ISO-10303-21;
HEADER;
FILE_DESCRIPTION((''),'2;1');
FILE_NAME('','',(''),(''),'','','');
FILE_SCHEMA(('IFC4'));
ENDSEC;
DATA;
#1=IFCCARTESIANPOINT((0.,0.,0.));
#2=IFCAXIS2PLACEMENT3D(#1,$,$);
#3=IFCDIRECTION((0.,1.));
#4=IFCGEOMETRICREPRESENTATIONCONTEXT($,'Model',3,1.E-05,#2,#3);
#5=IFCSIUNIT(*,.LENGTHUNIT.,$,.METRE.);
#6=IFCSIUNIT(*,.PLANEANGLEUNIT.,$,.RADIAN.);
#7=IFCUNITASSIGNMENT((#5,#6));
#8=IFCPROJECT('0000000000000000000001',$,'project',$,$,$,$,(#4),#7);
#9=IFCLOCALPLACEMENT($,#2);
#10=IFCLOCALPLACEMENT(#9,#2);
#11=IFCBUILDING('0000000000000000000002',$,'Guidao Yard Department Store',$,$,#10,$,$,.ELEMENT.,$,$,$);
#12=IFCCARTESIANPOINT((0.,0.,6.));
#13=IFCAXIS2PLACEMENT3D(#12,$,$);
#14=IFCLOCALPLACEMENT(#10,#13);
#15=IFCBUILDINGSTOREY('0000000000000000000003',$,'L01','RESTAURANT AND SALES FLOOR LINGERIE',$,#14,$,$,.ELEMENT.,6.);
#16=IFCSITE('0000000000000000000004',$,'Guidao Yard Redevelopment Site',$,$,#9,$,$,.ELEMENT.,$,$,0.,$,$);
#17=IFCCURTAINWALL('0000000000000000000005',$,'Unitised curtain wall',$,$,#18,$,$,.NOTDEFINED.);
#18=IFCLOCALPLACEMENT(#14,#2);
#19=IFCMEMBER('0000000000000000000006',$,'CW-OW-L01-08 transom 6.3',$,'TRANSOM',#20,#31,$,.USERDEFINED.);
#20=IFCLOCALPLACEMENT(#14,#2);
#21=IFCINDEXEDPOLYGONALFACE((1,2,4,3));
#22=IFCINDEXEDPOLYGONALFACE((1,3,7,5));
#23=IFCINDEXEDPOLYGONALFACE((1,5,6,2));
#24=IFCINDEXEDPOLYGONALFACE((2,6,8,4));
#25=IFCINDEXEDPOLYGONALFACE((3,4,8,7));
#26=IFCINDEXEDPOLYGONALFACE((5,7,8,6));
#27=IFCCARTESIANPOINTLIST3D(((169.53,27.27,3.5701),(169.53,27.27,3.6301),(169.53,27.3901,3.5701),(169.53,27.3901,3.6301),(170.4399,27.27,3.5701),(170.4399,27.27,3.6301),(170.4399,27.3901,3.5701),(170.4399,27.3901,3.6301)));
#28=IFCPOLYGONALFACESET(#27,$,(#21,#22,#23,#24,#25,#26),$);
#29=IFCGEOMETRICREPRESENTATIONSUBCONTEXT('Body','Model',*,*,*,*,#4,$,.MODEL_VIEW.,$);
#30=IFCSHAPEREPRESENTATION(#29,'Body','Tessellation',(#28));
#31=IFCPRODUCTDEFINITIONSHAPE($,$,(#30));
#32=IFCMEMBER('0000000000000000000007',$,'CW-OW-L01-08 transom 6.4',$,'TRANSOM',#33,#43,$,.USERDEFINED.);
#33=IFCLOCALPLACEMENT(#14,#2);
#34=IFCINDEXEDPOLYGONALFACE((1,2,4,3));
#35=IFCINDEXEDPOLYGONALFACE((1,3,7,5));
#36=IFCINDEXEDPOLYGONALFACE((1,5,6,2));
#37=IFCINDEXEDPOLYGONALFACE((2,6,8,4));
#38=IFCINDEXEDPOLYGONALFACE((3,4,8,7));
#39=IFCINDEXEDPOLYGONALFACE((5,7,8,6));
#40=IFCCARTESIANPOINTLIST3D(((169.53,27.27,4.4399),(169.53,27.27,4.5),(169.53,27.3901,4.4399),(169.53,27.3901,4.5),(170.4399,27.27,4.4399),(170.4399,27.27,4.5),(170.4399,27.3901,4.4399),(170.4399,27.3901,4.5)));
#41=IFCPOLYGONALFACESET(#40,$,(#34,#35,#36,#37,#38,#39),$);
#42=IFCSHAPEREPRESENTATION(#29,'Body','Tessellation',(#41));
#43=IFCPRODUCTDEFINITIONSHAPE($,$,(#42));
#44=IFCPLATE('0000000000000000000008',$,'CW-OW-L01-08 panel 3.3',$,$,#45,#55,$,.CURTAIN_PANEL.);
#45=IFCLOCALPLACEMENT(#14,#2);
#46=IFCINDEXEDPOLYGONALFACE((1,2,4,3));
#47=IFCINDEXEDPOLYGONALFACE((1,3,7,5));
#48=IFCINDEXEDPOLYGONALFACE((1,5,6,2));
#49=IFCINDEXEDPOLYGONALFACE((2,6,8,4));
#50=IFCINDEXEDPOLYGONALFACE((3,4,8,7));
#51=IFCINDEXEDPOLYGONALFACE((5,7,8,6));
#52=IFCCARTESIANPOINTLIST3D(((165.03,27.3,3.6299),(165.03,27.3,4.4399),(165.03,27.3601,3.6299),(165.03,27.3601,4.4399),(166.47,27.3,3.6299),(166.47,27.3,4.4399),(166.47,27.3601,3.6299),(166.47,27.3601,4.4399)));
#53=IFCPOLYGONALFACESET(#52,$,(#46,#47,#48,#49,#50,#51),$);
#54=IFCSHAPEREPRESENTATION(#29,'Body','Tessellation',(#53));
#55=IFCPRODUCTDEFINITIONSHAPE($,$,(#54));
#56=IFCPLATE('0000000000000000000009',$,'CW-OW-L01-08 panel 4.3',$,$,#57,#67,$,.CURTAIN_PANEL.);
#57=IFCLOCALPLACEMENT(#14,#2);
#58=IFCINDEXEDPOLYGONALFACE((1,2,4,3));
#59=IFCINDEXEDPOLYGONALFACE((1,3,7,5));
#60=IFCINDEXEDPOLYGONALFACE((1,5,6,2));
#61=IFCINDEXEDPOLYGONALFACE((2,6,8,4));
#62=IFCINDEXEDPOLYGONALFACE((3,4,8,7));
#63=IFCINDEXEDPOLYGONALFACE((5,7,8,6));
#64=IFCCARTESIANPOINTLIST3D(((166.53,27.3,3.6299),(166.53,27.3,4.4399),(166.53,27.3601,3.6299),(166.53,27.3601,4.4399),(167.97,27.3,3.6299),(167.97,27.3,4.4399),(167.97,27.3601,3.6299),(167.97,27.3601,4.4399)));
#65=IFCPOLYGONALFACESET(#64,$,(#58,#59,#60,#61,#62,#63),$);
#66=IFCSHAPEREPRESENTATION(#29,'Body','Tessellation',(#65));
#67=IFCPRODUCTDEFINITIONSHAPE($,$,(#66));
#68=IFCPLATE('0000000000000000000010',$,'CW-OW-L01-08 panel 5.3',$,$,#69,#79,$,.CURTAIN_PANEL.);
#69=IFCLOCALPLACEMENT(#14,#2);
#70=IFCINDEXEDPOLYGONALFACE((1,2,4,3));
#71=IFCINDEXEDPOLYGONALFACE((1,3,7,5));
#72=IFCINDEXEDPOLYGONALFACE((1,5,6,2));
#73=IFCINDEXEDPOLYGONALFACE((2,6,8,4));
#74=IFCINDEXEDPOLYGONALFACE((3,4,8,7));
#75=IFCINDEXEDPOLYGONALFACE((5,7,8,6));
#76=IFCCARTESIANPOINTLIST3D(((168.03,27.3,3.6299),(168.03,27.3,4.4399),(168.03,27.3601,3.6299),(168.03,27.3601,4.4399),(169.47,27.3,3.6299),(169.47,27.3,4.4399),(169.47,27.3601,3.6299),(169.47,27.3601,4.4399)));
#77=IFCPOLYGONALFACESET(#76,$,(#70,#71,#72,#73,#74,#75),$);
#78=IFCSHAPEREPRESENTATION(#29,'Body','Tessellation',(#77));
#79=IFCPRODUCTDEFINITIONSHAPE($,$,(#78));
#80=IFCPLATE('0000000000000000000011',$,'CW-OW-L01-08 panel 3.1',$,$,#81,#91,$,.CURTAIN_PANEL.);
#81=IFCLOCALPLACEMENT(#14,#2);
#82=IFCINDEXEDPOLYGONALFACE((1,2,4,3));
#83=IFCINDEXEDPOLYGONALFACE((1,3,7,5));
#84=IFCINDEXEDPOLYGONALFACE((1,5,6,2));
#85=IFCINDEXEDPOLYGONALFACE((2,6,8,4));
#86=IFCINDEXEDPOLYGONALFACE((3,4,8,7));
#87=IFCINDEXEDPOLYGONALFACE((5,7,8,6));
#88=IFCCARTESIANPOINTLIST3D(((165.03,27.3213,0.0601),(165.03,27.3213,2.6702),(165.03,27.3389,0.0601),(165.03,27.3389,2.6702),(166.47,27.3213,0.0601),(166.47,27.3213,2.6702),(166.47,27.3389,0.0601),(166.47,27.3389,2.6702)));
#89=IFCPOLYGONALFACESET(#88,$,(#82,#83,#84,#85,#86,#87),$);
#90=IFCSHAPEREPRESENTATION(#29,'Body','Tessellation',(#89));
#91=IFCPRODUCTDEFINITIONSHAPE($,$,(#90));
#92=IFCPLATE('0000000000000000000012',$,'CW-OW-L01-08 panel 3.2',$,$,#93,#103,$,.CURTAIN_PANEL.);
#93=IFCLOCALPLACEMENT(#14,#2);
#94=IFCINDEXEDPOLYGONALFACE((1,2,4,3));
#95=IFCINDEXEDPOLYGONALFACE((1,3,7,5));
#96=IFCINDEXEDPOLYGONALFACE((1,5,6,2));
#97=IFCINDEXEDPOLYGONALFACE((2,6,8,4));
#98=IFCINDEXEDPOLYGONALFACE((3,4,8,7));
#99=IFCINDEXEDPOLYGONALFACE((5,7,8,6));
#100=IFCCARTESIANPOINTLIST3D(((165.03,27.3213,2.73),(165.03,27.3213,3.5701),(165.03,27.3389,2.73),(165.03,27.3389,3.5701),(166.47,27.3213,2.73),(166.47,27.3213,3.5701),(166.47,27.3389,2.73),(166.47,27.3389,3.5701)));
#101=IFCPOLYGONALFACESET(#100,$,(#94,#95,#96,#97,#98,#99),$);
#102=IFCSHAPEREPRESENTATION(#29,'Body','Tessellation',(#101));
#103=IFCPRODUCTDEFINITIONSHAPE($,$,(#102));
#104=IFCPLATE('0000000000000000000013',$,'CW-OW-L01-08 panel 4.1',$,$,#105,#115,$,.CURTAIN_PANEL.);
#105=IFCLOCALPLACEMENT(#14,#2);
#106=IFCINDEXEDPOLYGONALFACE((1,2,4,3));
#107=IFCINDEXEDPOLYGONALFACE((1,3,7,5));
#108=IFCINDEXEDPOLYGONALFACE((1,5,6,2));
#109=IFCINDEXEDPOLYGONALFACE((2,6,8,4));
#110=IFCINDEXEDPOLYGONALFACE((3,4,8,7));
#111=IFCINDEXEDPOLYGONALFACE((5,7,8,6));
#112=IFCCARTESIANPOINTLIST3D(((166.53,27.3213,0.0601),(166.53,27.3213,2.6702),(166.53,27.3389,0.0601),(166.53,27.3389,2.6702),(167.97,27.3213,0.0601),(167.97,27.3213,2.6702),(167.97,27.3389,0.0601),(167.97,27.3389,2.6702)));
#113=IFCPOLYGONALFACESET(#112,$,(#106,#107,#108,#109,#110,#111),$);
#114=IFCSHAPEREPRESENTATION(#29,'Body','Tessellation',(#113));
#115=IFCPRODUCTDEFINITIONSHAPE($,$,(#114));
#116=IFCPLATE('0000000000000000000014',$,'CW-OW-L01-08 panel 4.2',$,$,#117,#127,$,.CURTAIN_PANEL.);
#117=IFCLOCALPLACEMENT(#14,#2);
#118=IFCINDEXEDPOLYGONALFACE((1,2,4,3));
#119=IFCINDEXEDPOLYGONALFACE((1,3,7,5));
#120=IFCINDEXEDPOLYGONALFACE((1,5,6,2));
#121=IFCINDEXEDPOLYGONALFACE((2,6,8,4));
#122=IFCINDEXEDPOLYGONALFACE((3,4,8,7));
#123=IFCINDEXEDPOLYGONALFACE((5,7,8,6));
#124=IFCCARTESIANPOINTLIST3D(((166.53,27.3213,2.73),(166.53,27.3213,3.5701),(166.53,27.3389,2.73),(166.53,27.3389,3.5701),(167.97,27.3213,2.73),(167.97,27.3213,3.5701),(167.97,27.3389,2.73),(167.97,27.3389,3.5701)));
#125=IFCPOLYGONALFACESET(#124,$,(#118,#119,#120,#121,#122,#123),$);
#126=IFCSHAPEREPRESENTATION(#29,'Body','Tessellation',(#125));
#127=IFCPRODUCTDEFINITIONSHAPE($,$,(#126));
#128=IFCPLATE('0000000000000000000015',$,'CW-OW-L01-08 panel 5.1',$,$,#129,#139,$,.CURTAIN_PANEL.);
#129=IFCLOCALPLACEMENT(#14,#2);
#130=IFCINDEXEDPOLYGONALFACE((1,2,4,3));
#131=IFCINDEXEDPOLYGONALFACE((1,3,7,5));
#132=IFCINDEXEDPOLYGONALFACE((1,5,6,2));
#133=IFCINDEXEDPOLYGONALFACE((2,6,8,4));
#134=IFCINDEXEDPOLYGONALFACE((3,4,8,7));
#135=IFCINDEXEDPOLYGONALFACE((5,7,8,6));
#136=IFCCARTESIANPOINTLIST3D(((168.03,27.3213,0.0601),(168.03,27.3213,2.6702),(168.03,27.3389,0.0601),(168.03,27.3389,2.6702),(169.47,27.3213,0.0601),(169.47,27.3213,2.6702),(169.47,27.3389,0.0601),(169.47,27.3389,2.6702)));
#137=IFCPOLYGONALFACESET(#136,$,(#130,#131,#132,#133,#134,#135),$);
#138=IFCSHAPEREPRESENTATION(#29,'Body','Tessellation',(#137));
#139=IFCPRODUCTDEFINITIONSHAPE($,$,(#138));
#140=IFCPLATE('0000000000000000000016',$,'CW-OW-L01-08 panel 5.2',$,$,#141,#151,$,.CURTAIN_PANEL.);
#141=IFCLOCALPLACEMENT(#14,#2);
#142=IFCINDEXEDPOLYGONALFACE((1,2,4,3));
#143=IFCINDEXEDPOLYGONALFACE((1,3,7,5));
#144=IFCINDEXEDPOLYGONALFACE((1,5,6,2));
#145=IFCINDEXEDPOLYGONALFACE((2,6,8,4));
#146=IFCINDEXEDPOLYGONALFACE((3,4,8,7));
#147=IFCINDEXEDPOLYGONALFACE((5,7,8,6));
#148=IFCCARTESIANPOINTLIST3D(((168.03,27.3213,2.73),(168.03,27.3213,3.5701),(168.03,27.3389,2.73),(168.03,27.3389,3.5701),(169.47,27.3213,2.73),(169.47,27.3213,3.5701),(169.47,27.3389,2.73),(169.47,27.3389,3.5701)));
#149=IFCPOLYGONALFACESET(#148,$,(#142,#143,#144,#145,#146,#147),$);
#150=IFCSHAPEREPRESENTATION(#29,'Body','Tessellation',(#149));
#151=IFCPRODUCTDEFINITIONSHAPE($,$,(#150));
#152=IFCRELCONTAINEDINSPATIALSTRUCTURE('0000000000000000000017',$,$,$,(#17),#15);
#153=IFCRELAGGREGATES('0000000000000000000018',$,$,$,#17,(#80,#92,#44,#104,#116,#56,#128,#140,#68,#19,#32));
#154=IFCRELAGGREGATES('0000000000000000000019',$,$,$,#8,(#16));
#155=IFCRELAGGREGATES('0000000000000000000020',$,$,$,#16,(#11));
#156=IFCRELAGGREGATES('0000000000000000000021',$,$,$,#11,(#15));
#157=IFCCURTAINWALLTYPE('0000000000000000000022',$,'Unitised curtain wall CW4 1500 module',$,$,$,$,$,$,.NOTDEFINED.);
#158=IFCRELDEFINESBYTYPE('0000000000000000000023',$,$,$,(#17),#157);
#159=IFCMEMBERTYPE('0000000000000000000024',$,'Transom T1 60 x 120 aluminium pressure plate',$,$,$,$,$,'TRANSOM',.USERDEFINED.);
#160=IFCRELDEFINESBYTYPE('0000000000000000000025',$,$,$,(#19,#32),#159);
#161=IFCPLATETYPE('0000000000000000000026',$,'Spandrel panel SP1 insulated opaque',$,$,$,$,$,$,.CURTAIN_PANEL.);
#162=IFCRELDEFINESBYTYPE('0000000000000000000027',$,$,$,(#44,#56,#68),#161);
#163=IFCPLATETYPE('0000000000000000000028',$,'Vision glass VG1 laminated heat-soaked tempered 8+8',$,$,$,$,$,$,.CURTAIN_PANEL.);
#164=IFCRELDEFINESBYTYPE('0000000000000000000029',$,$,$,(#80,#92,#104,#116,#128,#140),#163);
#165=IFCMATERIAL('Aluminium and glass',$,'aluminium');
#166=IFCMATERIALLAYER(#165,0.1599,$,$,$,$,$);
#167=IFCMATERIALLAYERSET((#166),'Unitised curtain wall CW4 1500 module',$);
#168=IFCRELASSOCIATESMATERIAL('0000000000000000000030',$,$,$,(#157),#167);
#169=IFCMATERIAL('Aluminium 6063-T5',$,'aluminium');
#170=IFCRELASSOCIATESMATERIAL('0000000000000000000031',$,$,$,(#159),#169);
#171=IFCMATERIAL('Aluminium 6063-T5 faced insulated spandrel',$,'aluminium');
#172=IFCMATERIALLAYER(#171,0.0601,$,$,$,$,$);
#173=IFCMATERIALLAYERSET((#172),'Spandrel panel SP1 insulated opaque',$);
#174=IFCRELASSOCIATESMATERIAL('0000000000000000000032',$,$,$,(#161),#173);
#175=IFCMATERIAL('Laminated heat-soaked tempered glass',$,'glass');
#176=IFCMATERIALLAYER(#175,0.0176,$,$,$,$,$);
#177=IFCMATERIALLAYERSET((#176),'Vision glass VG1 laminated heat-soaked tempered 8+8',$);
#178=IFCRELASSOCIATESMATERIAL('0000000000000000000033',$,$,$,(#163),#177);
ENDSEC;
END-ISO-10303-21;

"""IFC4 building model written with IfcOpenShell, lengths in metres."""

from ifc_helpers import new_model, si_unit, direction, frame, origin, origin_2d, place, context, subcontext, project, spatial, rectangle, extrude, material, layer, layer_set, material_profile, profile_set, type_object, element, aggregate, save


model = new_model("IFC4")

# Units and contexts
model_context = context("Model", 3, precision=1e-05, world=origin(), true_north=direction((0.0, 1.0)))
body_context = subcontext(model_context, "Body", "Model", "MODEL_VIEW")
ifc_project = project(units=[si_unit("LENGTHUNIT", "METRE"), si_unit("PLANEANGLEUNIT", "RADIAN")], contexts=[model_context])

# Site, building, storey
site_placement = place(None, origin())
site = spatial("IfcSite", under=ifc_project, at=site_placement, Name="Guidao Yard Redevelopment Site", CompositionType="ELEMENT", RefElevation=0.0)
building_placement = place(site_placement, origin())
building = spatial("IfcBuilding", under=site, at=building_placement, Name="Guidao Yard Department Store", CompositionType="ELEMENT")
storey_placement = place(building_placement, frame((0.0, 0.0, 6.0)))
storey = spatial("IfcBuildingStorey", under=building, at=storey_placement, Name="L01", Description="RESTAURANT AND SALES FLOOR LINGERIE", CompositionType="ELEMENT", Elevation=6.0)

# Curtain wall, members, plates
ifc_material_1 = material(Name="Aluminium and glass", Category="aluminium")
ifc_layer_1 = layer(ifc_material_1, 0.1599)
ifc_layer_set_1 = layer_set([ifc_layer_1], Name="Unitised curtain wall CW4 1500 module")
curtain_wall_type = type_object("IfcCurtainWallType", Name="Unitised curtain wall CW4 1500 module", PredefinedType="NOTDEFINED", material=ifc_layer_set_1)
curtain_wall_placement = place(storey_placement, origin())
curtain_wall = element("IfcCurtainWall", 1, at=curtain_wall_placement, inside=storey, type_object=curtain_wall_type, Name="Unitised curtain wall", PredefinedType="NOTDEFINED")
ifc_material_2 = material(Name="Aluminium 6063-T5", Category="aluminium")
ifc_material_profile_1 = material_profile(ifc_material_2, rectangle(XDim=0.1201, YDim=0.0601, at=origin_2d()), Name="Transom T1 60 x 120 aluminium pressure plate")
ifc_profile_set_1 = profile_set([ifc_material_profile_1], Name="Aluminium 6063-T5")
member_type_1 = type_object("IfcMemberType", Name="Transom T1 60 x 120 aluminium pressure plate", ElementType="TRANSOM", PredefinedType="USERDEFINED", material=ifc_profile_set_1)
member_1_placement = place(storey_placement, frame((169.53, 27.3301, 3.6001), z_axis=(1.0, 0.0, 0.0), x_axis=(0.0, 1.0, 0.0)))
member_1 = element("IfcMember", 2, at=member_1_placement, type_object=member_type_1, Name="CW-OW-L01-08 transom 6.3", ObjectType="TRANSOM", PredefinedType="USERDEFINED", context=body_context, shape_type="SweptSolid", body=[
    extrude(rectangle(XDim=0.1201, YDim=0.0601, at=origin_2d()), origin(), (0.0, 0.0, 1.0), 0.9099),
])
member_2_placement = place(storey_placement, frame((169.53, 27.3301, 4.47), z_axis=(1.0, 0.0, 0.0), x_axis=(0.0, 1.0, 0.0)))
member_2 = element("IfcMember", 3, at=member_2_placement, type_object=member_type_1, Name="CW-OW-L01-08 transom 6.4", ObjectType="TRANSOM", PredefinedType="USERDEFINED", context=body_context, shape_type="SweptSolid", body=[
    extrude(rectangle(XDim=0.1201, YDim=0.0601, at=origin_2d()), origin(), (0.0, 0.0, 1.0), 0.9099),
])
ifc_material_3 = material(Name="Aluminium 6063-T5 faced insulated spandrel", Category="aluminium")
ifc_layer_2 = layer(ifc_material_3, 0.0601)
ifc_layer_set_2 = layer_set([ifc_layer_2], Name="Spandrel panel SP1 insulated opaque")
plate_type_1 = type_object("IfcPlateType", Name="Spandrel panel SP1 insulated opaque", PredefinedType="CURTAIN_PANEL", material=ifc_layer_set_2)
plate_1_placement = place(storey_placement, frame((165.75, 27.3301, 3.6299), z_axis=(0.0, 0.0, 1.0), x_axis=(1.0, 0.0, 0.0)))
plate_1 = element("IfcPlate", 4, at=plate_1_placement, type_object=plate_type_1, Name="CW-OW-L01-08 panel 3.3", PredefinedType="CURTAIN_PANEL", context=body_context, shape_type="SweptSolid", body=[
    extrude(rectangle(XDim=1.4399, YDim=0.0601, at=origin_2d()), origin(), (0.0, 0.0, 1.0), 0.8101),
])
plate_2_placement = place(storey_placement, frame((167.25, 27.3301, 3.6299), z_axis=(0.0, 0.0, 1.0), x_axis=(1.0, 0.0, 0.0)))
plate_2 = element("IfcPlate", 5, at=plate_2_placement, type_object=plate_type_1, Name="CW-OW-L01-08 panel 4.3", PredefinedType="CURTAIN_PANEL", context=body_context, shape_type="SweptSolid", body=[
    extrude(rectangle(XDim=1.4399, YDim=0.0601, at=origin_2d()), origin(), (0.0, 0.0, 1.0), 0.8101),
])
plate_3_placement = place(storey_placement, frame((168.75, 27.3301, 3.6299), z_axis=(0.0, 0.0, 1.0), x_axis=(1.0, 0.0, 0.0)))
plate_3 = element("IfcPlate", 6, at=plate_3_placement, type_object=plate_type_1, Name="CW-OW-L01-08 panel 5.3", PredefinedType="CURTAIN_PANEL", context=body_context, shape_type="SweptSolid", body=[
    extrude(rectangle(XDim=1.4399, YDim=0.0601, at=origin_2d()), origin(), (0.0, 0.0, 1.0), 0.8101),
])
ifc_material_4 = material(Name="Laminated heat-soaked tempered glass", Category="glass")
ifc_layer_3 = layer(ifc_material_4, 0.0176)
ifc_layer_set_3 = layer_set([ifc_layer_3], Name="Vision glass VG1 laminated heat-soaked tempered 8+8")
plate_type_2 = type_object("IfcPlateType", Name="Vision glass VG1 laminated heat-soaked tempered 8+8", PredefinedType="CURTAIN_PANEL", material=ifc_layer_set_3)
plate_4_placement = place(storey_placement, frame((165.75, 27.3301, 0.0601), z_axis=(0.0, 0.0, 1.0), x_axis=(1.0, 0.0, 0.0)))
plate_4 = element("IfcPlate", 7, at=plate_4_placement, type_object=plate_type_2, Name="CW-OW-L01-08 panel 3.1", PredefinedType="CURTAIN_PANEL", context=body_context, shape_type="SweptSolid", body=[
    extrude(rectangle(XDim=1.4399, YDim=0.0176, at=origin_2d()), origin(), (0.0, 0.0, 1.0), 2.6101),
])
plate_5_placement = place(storey_placement, frame((165.75, 27.3301, 2.73), z_axis=(0.0, 0.0, 1.0), x_axis=(1.0, 0.0, 0.0)))
plate_5 = element("IfcPlate", 8, at=plate_5_placement, type_object=plate_type_2, Name="CW-OW-L01-08 panel 3.2", PredefinedType="CURTAIN_PANEL", context=body_context, shape_type="SweptSolid", body=[
    extrude(rectangle(XDim=1.4399, YDim=0.0176, at=origin_2d()), origin(), (0.0, 0.0, 1.0), 0.8401),
])
plate_6_placement = place(storey_placement, frame((167.25, 27.3301, 0.0601), z_axis=(0.0, 0.0, 1.0), x_axis=(1.0, 0.0, 0.0)))
plate_6 = element("IfcPlate", 9, at=plate_6_placement, type_object=plate_type_2, Name="CW-OW-L01-08 panel 4.1", PredefinedType="CURTAIN_PANEL", context=body_context, shape_type="SweptSolid", body=[
    extrude(rectangle(XDim=1.4399, YDim=0.0176, at=origin_2d()), origin(), (0.0, 0.0, 1.0), 2.6101),
])
plate_7_placement = place(storey_placement, frame((167.25, 27.3301, 2.73), z_axis=(0.0, 0.0, 1.0), x_axis=(1.0, 0.0, 0.0)))
plate_7 = element("IfcPlate", 10, at=plate_7_placement, type_object=plate_type_2, Name="CW-OW-L01-08 panel 4.2", PredefinedType="CURTAIN_PANEL", context=body_context, shape_type="SweptSolid", body=[
    extrude(rectangle(XDim=1.4399, YDim=0.0176, at=origin_2d()), origin(), (0.0, 0.0, 1.0), 0.8401),
])
plate_8_placement = place(storey_placement, frame((168.75, 27.3301, 0.0601), z_axis=(0.0, 0.0, 1.0), x_axis=(1.0, 0.0, 0.0)))
plate_8 = element("IfcPlate", 11, at=plate_8_placement, type_object=plate_type_2, Name="CW-OW-L01-08 panel 5.1", PredefinedType="CURTAIN_PANEL", context=body_context, shape_type="SweptSolid", body=[
    extrude(rectangle(XDim=1.4399, YDim=0.0176, at=origin_2d()), origin(), (0.0, 0.0, 1.0), 2.6101),
])
plate_9_placement = place(storey_placement, frame((168.75, 27.3301, 2.73), z_axis=(0.0, 0.0, 1.0), x_axis=(1.0, 0.0, 0.0)))
plate_9 = element("IfcPlate", 12, at=plate_9_placement, type_object=plate_type_2, Name="CW-OW-L01-08 panel 5.2", PredefinedType="CURTAIN_PANEL", context=body_context, shape_type="SweptSolid", body=[
    extrude(rectangle(XDim=1.4399, YDim=0.0176, at=origin_2d()), origin(), (0.0, 0.0, 1.0), 0.8401),
])
aggregate(curtain_wall, [plate_4, plate_5, plate_1, plate_6, plate_7, plate_2, plate_8, plate_9, plate_3, member_1, member_2])

save(model, "model.ifc")
